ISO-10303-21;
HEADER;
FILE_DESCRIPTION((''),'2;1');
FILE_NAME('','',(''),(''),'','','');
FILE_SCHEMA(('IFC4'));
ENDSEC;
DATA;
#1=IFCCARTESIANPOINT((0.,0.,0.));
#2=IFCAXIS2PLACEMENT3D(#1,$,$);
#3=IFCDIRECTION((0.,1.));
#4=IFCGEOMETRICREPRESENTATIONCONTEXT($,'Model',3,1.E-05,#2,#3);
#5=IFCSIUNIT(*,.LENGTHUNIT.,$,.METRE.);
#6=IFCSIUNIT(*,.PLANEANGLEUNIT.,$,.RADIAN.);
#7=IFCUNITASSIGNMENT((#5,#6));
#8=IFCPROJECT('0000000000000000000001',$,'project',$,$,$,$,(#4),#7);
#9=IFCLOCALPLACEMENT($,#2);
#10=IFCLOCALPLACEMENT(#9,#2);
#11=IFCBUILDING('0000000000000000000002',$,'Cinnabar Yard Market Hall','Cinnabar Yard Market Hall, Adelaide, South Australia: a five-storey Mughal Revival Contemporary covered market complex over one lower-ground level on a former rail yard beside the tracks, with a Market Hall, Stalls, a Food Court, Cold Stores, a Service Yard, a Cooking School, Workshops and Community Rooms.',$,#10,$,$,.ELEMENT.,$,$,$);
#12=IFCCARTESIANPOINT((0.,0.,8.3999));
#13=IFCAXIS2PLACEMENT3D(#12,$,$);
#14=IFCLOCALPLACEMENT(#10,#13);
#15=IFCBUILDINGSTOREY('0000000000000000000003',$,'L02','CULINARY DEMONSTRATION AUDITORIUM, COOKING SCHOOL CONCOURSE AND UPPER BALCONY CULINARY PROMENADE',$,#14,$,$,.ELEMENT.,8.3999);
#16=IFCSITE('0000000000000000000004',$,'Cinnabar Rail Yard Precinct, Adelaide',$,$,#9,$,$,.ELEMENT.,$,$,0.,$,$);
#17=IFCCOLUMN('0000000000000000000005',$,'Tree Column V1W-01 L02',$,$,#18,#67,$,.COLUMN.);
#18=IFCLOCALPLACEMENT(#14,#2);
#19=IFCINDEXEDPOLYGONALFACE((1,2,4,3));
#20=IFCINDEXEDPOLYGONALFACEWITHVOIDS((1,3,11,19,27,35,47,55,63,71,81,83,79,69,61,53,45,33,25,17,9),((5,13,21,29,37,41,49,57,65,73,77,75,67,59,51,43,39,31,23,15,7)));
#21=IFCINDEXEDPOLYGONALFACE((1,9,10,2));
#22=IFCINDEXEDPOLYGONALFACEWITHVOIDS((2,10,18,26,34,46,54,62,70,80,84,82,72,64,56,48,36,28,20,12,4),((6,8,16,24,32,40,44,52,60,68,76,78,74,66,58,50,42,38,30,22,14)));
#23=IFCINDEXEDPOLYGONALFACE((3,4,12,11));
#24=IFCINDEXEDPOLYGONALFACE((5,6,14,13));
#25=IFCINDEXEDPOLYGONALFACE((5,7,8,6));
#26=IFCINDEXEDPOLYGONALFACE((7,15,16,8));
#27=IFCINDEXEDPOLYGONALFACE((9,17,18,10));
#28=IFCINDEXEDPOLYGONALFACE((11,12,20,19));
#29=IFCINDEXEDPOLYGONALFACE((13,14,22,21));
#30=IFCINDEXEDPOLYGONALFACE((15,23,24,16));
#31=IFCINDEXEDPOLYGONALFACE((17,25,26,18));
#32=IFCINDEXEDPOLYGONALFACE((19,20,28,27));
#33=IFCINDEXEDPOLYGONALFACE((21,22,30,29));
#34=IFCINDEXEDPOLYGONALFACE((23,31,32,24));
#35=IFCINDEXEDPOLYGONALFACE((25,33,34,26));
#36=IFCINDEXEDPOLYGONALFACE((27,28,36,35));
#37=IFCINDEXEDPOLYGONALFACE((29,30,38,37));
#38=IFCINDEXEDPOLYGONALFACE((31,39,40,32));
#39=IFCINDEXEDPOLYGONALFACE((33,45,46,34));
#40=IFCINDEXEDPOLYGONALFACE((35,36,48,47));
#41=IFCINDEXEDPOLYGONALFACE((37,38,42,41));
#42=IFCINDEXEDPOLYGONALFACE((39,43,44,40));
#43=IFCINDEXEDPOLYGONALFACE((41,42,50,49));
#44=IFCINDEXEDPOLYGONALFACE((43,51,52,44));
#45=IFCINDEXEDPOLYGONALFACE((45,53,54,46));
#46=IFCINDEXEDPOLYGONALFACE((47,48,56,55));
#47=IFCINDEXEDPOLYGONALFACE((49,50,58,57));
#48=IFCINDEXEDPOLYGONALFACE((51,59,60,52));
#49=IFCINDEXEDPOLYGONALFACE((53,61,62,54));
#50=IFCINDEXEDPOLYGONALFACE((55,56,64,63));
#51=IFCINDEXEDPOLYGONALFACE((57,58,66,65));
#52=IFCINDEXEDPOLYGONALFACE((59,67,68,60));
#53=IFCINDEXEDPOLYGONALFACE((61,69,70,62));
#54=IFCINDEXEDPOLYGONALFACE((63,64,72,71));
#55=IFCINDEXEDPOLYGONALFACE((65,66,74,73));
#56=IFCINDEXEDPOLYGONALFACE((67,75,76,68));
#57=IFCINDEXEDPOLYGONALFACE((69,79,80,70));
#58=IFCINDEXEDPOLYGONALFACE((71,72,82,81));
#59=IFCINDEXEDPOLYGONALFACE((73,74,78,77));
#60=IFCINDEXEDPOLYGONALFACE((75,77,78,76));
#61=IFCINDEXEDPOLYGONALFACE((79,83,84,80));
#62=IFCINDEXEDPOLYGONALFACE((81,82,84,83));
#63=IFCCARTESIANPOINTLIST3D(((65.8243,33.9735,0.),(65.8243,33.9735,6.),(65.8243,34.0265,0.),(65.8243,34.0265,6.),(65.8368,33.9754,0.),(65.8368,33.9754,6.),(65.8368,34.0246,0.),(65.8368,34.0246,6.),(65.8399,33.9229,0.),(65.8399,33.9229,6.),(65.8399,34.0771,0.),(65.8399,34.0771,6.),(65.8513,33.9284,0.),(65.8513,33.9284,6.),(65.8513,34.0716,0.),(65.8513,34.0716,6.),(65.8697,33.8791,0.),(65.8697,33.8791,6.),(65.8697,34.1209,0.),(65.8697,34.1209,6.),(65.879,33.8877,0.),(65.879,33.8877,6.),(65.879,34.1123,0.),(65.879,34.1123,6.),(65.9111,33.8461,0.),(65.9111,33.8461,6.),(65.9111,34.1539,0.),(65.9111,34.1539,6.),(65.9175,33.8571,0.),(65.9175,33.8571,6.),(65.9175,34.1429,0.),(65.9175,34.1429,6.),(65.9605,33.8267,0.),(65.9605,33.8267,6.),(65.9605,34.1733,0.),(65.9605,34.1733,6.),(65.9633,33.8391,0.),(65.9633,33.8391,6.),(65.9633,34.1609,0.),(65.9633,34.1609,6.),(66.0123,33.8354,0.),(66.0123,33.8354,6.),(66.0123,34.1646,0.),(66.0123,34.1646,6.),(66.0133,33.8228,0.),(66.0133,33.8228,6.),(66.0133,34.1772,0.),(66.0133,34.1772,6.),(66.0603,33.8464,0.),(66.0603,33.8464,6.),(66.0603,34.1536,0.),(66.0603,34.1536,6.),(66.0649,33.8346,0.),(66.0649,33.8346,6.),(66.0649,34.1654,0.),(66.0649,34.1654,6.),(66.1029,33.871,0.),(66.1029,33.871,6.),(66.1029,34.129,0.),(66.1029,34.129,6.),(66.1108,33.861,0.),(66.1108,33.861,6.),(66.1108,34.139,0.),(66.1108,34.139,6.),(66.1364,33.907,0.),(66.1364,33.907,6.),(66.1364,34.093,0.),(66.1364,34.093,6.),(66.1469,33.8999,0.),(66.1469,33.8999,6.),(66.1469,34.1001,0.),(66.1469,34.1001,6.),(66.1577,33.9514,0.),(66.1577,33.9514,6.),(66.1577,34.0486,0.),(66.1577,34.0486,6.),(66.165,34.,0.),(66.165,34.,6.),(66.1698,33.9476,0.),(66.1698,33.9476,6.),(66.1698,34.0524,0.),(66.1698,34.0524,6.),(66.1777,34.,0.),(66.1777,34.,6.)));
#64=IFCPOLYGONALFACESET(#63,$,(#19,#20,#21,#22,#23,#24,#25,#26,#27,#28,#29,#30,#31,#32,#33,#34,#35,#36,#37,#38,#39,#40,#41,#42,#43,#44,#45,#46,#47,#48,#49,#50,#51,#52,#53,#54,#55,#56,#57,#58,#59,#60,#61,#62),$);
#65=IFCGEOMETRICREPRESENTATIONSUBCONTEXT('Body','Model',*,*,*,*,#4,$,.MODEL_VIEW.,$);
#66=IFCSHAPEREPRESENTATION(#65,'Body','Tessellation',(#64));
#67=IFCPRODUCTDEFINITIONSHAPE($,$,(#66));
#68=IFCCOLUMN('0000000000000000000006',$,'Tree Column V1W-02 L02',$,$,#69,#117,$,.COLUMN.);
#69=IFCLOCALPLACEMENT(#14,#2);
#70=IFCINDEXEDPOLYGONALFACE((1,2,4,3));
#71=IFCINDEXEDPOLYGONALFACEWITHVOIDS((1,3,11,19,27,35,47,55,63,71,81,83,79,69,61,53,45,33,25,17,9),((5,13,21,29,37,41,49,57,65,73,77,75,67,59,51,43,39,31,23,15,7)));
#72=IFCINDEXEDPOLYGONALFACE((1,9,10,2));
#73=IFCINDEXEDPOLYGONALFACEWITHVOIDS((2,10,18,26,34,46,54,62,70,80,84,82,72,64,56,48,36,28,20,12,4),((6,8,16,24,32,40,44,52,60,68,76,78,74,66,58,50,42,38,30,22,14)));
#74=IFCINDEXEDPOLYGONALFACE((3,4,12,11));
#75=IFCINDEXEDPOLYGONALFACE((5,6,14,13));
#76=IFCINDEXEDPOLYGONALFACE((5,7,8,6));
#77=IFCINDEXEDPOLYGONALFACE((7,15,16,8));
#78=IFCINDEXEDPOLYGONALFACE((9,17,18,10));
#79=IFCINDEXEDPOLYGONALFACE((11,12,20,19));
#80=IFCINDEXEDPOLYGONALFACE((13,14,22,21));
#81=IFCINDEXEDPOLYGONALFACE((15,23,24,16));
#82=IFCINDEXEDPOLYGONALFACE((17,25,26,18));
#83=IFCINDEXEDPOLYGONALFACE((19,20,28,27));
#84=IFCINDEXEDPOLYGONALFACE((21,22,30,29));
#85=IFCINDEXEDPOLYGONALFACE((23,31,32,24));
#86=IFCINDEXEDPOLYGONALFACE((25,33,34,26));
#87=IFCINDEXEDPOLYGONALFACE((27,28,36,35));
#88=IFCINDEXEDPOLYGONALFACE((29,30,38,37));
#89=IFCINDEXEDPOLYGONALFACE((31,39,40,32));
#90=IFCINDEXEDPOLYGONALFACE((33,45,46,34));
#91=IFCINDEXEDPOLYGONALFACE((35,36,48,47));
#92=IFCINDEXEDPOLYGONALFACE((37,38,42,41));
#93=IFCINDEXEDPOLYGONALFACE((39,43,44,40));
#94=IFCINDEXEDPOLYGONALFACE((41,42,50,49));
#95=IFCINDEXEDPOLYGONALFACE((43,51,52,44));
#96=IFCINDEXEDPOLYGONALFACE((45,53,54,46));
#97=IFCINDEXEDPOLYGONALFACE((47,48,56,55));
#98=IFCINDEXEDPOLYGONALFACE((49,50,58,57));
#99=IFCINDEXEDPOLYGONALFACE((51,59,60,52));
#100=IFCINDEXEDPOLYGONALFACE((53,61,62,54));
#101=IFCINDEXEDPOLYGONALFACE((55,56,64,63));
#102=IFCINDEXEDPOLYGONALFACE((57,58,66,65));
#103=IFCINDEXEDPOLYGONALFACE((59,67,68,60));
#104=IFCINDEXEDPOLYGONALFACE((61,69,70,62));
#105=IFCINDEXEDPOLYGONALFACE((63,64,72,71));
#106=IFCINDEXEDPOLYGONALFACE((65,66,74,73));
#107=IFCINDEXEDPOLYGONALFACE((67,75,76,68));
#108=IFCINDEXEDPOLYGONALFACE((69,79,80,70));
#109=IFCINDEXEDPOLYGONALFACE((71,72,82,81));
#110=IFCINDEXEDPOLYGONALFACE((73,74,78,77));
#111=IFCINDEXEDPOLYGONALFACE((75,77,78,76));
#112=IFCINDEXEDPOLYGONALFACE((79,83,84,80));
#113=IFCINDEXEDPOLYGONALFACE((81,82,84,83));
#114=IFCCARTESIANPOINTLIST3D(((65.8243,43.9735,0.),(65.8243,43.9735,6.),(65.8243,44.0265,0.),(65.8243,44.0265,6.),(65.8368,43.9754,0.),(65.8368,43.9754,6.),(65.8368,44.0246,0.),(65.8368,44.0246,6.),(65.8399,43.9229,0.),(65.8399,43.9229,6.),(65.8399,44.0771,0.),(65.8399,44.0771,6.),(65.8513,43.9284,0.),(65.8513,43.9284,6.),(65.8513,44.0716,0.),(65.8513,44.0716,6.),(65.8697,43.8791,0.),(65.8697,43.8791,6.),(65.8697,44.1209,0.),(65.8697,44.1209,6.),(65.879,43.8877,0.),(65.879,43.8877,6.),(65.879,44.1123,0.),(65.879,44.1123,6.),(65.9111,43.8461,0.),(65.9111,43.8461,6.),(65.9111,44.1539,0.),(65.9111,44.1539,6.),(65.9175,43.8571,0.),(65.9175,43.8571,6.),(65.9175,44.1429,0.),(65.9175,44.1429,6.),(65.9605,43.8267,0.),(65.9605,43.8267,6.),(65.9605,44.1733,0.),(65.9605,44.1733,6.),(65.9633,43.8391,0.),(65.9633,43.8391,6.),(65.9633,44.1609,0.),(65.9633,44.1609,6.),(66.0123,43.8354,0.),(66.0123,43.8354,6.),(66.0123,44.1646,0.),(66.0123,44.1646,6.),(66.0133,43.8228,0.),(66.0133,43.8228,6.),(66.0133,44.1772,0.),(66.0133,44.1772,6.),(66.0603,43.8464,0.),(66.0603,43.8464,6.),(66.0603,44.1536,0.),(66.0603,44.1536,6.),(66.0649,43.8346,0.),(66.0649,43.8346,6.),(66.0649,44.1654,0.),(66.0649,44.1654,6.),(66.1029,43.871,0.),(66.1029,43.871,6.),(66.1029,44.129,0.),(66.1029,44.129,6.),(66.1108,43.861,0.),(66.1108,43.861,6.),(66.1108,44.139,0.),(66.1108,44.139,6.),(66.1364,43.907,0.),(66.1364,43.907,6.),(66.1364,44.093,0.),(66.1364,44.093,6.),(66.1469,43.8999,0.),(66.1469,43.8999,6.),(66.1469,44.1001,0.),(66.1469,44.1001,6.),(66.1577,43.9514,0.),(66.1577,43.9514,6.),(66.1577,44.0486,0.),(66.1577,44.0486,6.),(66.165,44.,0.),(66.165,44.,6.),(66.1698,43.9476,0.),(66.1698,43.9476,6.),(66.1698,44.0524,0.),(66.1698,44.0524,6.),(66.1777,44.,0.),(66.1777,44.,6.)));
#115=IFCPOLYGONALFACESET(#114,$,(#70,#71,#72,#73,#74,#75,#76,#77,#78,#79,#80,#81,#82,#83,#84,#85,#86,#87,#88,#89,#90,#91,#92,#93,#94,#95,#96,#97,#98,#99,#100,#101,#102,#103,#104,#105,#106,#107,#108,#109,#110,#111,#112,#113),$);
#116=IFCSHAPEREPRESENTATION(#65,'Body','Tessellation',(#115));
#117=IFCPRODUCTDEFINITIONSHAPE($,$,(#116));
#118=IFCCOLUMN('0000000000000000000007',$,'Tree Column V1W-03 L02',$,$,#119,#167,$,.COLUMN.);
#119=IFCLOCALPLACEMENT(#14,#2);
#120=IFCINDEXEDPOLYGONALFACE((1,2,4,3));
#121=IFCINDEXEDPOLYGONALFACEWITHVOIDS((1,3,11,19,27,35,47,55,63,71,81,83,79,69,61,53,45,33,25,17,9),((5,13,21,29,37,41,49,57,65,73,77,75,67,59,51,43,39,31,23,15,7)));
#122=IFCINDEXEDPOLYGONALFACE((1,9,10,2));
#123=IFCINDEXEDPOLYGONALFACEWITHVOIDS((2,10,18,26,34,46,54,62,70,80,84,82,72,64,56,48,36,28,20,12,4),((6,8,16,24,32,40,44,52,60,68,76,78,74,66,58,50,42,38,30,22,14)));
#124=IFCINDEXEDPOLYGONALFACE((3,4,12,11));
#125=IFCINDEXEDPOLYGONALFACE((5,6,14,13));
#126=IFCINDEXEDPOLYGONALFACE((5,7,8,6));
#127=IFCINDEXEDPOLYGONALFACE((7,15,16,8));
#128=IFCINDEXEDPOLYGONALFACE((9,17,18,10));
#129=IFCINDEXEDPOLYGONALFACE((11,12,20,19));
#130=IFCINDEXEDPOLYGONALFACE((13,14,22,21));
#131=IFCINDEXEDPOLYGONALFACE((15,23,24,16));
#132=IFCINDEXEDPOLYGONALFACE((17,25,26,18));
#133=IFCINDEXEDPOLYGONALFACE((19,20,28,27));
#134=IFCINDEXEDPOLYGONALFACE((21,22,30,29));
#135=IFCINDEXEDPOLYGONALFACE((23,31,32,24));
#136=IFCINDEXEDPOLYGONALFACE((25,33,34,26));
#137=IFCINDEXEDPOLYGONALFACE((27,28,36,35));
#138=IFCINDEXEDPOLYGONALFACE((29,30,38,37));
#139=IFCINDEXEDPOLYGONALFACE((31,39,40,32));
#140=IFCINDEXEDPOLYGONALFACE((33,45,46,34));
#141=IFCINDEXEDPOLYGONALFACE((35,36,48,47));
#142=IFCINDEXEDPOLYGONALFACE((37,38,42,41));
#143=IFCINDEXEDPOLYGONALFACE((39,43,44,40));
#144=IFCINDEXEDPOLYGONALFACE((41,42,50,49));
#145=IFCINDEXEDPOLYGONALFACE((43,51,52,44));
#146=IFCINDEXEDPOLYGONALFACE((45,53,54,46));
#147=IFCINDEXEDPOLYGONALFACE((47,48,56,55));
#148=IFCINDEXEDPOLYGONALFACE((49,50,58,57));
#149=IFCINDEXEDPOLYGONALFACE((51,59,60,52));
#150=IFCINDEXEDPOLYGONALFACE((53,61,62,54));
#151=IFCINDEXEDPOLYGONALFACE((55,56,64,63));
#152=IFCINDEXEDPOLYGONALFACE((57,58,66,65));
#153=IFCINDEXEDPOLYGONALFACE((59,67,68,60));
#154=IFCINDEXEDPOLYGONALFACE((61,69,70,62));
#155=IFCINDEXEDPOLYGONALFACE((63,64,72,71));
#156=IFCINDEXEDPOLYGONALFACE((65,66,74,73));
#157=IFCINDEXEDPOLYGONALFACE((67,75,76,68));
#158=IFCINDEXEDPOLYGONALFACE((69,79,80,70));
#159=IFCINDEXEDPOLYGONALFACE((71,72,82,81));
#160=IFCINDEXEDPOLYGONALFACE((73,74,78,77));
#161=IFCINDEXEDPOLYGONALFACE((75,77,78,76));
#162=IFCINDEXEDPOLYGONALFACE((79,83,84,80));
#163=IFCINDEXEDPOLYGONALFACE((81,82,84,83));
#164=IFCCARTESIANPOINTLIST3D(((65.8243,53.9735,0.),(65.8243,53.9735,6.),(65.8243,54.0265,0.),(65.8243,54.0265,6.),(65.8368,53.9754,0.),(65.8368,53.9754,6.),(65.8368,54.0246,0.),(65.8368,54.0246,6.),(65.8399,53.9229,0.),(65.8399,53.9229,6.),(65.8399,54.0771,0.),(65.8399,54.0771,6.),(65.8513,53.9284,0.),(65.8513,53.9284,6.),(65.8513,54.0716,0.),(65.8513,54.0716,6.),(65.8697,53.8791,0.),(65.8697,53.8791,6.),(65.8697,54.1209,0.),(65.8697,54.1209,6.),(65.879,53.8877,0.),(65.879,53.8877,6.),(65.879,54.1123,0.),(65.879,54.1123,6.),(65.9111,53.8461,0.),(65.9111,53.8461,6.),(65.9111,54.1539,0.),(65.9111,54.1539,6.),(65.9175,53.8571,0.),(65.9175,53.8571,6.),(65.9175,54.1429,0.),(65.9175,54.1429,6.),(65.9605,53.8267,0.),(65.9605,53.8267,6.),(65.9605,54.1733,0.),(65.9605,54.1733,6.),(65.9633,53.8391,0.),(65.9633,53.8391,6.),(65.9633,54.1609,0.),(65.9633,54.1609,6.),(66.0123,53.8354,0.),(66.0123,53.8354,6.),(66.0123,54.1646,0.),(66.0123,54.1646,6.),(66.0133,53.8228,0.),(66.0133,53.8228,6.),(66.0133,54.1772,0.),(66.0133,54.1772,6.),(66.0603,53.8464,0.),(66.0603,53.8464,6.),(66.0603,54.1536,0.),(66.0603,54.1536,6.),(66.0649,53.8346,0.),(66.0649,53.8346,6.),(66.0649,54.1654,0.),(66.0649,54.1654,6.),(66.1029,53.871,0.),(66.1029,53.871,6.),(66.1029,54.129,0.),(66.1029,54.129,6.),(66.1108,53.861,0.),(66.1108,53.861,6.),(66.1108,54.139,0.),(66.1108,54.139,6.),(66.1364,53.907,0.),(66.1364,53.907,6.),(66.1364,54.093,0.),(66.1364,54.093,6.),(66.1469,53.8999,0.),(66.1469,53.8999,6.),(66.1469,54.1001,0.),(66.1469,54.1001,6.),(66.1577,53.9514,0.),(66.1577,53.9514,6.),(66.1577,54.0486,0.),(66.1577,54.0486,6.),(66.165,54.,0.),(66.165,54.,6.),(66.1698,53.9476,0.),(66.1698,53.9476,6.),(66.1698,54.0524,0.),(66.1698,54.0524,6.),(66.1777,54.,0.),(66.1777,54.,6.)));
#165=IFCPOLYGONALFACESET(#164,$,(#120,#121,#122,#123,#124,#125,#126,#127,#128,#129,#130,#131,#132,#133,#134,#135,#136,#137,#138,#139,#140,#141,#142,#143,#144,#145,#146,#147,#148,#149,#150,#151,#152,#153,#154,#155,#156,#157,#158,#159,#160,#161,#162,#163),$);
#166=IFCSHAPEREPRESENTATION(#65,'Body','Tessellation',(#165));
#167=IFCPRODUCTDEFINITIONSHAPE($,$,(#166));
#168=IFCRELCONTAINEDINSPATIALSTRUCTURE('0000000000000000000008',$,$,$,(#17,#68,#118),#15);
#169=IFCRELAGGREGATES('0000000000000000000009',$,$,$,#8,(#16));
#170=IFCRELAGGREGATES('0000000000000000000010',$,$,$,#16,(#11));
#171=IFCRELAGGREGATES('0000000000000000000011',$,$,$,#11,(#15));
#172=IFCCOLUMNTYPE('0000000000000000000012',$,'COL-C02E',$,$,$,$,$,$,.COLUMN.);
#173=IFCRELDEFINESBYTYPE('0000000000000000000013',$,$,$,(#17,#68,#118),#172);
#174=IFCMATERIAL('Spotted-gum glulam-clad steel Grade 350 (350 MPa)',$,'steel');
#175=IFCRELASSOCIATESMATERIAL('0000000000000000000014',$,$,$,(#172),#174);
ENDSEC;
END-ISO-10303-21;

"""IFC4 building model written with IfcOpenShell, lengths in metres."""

from ifc_helpers import new_model, si_unit, direction, frame, origin, origin_2d_with_axis, place, context, subcontext, project, spatial, hollow_circle, extrude, material, material_profile, profile_set, type_object, element, save


model = new_model("IFC4")

# Units and contexts
model_context = context("Model", 3, precision=1e-05, world=origin(), true_north=direction((0.0, 1.0)))
body_context = subcontext(model_context, "Body", "Model", "MODEL_VIEW")
ifc_project = project(units=[si_unit("LENGTHUNIT", "METRE"), si_unit("PLANEANGLEUNIT", "RADIAN")], contexts=[model_context])

# Site, building, storey
site_placement = place(None, origin())
site = spatial("IfcSite", under=ifc_project, at=site_placement, Name="Cinnabar Rail Yard Precinct, Adelaide", CompositionType="ELEMENT", RefElevation=0.0)
building_placement = place(site_placement, origin())
building = spatial("IfcBuilding", under=site, at=building_placement, Name="Cinnabar Yard Market Hall", Description="Cinnabar Yard Market Hall, Adelaide, South Australia: a five-storey Mughal Revival Contemporary covered market complex over one lower-ground level on a former rail yard beside the tracks, with a Market Hall, Stalls, a Food Court, Cold Stores, a Service Yard, a Cooking School, Workshops and Community Rooms.", CompositionType="ELEMENT")
storey_placement = place(building_placement, frame((0.0, 0.0, 8.3999)))
storey = spatial("IfcBuildingStorey", under=building, at=storey_placement, Name="L02", Description="CULINARY DEMONSTRATION AUDITORIUM, COOKING SCHOOL CONCOURSE AND UPPER BALCONY CULINARY PROMENADE", CompositionType="ELEMENT", Elevation=8.3999)

# Columns
ifc_material_1 = material(Name="Spotted-gum glulam-clad steel Grade 350 (350 MPa)", Category="steel")
ifc_material_profile_1 = material_profile(ifc_material_1, hollow_circle(Radius=0.1777, WallThickness=0.0127, at=origin_2d_with_axis()), Name="355.6x12.7CHS")
ifc_profile_set_1 = profile_set([ifc_material_profile_1], Name="Spotted-gum glulam-clad steel Grade 350 (350 MPa)")
column_type_1 = type_object("IfcColumnType", Name="COL-C02E", PredefinedType="COLUMN", material=ifc_profile_set_1)
for number, where, z_axis, x_axis, name in (
    (1, (66.0, 34.0, 0.0), (0.0, 0.0, 1.0), (1.0, 0.0, 0.0), "Tree Column V1W-01 L02"),
    (2, (66.0, 44.0, 0.0), (0.0, 0.0, 1.0), (1.0, 0.0, 0.0), "Tree Column V1W-02 L02"),
    (3, (66.0, 54.0, 0.0), (0.0, 0.0, 1.0), (1.0, 0.0, 0.0), "Tree Column V1W-03 L02"),
):
    element("IfcColumn", number, at=place(storey_placement, frame(where, z_axis=z_axis, x_axis=x_axis)), inside=storey, type_object=column_type_1, Name=name, PredefinedType="COLUMN", context=body_context, shape_type="SweptSolid", body=[
        extrude(hollow_circle(Radius=0.1777, WallThickness=0.0127, at=origin_2d_with_axis()), origin(), (0.0, 0.0, 1.0), 6.0),
    ])

save(model, "model.ifc")
